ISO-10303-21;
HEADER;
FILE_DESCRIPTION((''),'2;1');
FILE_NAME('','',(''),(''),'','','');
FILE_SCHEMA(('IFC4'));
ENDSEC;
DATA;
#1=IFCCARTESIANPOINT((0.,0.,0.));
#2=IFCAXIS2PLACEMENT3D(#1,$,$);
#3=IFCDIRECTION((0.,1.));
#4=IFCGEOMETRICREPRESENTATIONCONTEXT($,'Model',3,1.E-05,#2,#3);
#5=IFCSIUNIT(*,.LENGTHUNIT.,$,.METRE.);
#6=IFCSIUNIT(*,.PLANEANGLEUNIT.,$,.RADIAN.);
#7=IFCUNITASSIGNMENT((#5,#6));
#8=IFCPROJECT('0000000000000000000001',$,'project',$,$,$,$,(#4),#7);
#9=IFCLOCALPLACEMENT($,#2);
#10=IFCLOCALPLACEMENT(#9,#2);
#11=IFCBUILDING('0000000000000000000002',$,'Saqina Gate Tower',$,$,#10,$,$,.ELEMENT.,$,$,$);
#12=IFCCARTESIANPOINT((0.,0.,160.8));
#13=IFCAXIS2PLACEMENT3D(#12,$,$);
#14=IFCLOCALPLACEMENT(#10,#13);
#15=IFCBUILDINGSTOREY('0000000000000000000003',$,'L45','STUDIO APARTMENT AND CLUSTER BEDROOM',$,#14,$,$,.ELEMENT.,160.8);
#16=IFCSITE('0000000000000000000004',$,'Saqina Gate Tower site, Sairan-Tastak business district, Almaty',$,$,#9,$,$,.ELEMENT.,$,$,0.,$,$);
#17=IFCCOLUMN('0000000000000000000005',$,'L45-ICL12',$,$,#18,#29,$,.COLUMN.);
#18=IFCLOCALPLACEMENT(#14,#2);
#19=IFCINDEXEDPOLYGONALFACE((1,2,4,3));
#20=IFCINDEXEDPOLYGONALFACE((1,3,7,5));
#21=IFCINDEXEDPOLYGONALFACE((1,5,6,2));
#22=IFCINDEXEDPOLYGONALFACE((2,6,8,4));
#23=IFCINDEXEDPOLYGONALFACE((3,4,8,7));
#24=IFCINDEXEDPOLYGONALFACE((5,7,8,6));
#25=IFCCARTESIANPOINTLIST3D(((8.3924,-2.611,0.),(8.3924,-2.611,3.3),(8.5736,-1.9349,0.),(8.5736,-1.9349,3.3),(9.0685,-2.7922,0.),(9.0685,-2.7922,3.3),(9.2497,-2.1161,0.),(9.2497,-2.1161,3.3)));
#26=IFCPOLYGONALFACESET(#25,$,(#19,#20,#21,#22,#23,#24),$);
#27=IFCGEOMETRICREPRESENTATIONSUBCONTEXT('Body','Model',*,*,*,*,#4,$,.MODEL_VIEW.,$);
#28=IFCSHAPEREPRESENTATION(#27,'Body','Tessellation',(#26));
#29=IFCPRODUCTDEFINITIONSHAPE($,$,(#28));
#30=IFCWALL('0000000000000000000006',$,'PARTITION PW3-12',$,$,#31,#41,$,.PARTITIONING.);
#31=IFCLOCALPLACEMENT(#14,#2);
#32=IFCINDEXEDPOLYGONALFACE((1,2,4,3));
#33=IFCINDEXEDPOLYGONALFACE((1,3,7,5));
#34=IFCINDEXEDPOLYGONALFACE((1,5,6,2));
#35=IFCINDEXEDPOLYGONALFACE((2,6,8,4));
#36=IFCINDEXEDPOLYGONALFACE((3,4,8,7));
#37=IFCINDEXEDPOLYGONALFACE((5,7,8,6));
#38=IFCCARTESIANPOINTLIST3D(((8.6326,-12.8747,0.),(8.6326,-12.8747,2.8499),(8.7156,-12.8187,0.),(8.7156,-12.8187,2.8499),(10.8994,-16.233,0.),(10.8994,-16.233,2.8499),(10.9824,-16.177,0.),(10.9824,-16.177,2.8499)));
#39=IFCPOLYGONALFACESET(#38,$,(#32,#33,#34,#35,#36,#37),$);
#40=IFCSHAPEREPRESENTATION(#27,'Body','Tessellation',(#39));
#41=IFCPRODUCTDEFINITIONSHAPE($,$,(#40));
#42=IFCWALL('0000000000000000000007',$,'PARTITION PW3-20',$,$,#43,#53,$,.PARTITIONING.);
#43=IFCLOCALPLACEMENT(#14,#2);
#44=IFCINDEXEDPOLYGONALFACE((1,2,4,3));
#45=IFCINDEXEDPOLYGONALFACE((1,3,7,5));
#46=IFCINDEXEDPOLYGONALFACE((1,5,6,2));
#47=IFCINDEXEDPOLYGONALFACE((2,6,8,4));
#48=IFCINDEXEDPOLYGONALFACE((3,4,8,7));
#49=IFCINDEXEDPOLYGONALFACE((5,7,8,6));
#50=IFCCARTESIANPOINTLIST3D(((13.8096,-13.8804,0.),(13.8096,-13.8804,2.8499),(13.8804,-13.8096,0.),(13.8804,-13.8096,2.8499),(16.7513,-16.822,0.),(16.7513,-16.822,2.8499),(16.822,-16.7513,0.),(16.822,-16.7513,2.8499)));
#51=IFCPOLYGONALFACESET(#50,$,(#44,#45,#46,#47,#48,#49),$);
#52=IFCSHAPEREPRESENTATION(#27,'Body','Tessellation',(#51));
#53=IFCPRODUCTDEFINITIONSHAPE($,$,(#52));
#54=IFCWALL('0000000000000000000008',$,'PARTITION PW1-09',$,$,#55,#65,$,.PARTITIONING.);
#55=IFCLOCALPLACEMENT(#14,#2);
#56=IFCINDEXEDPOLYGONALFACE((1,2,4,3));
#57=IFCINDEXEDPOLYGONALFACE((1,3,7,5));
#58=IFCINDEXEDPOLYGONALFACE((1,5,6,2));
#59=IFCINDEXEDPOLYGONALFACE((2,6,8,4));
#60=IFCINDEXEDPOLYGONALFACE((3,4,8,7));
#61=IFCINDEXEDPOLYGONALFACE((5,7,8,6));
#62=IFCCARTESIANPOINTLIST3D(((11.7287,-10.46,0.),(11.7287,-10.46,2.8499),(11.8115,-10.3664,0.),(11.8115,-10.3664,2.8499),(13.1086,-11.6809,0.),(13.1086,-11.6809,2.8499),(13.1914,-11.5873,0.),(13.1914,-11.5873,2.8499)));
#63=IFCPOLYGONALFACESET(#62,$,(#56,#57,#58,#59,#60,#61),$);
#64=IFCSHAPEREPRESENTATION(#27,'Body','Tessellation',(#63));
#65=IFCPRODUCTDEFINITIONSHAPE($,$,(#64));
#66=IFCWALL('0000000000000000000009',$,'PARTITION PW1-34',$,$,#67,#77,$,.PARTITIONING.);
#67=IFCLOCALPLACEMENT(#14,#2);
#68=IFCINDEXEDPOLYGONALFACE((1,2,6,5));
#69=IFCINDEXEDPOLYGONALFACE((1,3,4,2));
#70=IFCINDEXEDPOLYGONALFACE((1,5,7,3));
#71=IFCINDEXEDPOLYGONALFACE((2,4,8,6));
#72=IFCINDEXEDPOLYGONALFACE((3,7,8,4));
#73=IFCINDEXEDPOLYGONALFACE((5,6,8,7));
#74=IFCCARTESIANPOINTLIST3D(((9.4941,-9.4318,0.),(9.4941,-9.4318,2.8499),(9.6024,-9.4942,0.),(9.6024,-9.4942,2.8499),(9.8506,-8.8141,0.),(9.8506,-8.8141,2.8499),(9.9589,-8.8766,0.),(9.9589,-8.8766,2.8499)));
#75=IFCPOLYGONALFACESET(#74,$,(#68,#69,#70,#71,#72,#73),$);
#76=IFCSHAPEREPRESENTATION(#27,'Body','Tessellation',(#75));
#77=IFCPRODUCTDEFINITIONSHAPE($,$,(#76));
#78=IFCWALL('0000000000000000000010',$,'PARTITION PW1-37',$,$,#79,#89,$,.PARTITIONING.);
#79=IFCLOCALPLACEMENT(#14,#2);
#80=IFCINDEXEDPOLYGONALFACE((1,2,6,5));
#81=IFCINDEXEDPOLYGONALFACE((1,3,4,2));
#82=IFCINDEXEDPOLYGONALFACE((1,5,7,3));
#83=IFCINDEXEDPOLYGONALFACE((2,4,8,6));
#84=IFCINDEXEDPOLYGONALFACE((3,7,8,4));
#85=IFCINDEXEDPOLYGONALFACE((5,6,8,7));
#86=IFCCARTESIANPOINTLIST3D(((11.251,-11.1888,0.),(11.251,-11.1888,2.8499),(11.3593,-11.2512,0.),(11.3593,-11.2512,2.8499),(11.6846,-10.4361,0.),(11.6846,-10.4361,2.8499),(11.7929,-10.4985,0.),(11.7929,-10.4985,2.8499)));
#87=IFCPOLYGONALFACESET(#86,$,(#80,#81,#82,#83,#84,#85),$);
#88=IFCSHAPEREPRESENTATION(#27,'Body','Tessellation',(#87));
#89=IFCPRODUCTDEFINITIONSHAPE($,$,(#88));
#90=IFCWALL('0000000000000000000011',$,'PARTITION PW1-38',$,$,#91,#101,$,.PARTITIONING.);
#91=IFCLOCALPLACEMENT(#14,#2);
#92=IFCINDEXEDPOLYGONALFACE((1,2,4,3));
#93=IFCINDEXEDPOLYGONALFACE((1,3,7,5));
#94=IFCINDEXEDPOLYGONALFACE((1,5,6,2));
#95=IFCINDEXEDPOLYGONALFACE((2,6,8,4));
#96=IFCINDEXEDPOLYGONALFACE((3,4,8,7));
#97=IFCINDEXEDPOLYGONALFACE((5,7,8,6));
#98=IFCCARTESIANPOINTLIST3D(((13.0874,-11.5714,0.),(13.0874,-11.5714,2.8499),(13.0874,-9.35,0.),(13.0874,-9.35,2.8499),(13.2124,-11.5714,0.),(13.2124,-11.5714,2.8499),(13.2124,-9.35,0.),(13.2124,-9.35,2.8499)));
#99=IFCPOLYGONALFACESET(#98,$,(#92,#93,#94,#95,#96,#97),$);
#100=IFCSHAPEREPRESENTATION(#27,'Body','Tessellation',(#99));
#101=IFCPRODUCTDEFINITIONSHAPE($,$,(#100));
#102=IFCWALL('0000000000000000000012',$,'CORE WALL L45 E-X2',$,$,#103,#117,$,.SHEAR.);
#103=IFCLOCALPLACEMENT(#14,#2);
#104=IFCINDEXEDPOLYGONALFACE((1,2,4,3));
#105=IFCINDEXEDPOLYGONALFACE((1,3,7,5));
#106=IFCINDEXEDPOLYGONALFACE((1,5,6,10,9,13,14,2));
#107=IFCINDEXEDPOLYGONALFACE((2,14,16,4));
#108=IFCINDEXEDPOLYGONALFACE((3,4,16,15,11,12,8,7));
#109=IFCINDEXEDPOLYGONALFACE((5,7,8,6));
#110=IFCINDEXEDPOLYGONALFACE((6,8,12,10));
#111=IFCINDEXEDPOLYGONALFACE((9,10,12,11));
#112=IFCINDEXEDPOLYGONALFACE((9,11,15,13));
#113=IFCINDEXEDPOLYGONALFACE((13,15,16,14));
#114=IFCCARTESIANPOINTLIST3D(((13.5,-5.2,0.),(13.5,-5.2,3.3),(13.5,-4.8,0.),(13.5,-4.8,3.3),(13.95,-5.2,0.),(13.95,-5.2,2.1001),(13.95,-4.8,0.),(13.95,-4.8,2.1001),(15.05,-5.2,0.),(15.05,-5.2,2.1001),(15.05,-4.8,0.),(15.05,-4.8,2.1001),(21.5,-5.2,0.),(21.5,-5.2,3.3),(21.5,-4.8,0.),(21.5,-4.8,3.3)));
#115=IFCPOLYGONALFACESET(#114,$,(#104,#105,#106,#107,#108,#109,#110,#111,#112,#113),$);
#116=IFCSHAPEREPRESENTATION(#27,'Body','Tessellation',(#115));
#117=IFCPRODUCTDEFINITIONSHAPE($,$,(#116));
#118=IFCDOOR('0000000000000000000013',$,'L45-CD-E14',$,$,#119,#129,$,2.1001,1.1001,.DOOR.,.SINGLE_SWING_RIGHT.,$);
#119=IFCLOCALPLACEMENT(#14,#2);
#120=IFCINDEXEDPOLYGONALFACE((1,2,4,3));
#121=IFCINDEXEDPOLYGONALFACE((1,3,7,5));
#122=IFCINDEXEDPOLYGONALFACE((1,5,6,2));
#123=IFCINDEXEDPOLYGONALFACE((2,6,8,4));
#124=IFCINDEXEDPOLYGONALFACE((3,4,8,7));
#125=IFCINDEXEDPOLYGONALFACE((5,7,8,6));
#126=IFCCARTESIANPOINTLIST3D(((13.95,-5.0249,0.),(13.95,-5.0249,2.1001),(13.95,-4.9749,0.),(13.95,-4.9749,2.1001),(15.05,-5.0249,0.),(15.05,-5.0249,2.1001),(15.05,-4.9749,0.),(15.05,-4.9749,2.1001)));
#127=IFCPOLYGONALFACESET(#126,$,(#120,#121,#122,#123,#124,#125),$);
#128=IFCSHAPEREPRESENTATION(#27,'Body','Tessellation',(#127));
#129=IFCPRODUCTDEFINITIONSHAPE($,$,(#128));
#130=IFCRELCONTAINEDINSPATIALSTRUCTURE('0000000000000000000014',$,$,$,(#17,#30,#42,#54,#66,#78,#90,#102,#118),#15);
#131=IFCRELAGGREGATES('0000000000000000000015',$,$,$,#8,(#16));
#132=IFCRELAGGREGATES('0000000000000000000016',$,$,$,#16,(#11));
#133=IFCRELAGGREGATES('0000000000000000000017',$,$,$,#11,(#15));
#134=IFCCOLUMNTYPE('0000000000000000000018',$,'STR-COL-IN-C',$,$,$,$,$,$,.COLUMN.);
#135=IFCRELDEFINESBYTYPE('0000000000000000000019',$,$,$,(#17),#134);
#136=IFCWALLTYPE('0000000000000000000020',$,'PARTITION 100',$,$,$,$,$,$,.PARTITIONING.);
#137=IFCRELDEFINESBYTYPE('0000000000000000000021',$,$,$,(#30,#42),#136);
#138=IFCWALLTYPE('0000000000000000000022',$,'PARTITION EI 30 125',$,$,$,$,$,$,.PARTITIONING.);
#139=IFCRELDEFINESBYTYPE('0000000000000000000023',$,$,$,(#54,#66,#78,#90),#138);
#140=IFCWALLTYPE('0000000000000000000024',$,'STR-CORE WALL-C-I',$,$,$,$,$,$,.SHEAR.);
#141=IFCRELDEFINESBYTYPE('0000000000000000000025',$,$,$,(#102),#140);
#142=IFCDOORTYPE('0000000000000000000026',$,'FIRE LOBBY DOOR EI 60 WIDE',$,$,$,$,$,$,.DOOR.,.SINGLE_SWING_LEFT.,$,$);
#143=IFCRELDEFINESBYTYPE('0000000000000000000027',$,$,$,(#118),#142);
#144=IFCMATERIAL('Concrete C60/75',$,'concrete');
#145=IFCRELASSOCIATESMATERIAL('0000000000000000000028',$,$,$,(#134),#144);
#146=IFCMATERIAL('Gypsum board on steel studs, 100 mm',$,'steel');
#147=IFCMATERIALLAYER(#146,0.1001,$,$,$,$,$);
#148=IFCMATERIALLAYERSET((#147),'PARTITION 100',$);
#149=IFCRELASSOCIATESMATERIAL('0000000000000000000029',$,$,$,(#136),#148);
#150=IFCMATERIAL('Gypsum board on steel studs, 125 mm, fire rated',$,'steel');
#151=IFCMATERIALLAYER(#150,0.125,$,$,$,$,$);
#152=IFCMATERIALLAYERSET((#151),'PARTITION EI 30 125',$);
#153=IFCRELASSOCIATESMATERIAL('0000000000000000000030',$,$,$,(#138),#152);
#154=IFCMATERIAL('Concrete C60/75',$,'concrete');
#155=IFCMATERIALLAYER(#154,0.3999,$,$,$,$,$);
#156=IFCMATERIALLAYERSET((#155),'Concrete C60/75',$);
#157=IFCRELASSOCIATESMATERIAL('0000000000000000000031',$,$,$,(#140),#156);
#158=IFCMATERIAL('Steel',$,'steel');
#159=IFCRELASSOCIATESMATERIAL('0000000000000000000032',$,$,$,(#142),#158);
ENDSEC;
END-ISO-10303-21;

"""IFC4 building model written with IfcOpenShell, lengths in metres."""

from ifc_helpers import new_model, si_unit, direction, frame, frame_2d, origin, origin_2d, place, context, subcontext, project, spatial, rectangle, extrude, material, layer, layer_set, material_profile, profile_set, type_object, element, fill, save


model = new_model("IFC4")

# Units and contexts
model_context = context("Model", 3, precision=1e-05, world=origin(), true_north=direction((0.0, 1.0)))
body_context = subcontext(model_context, "Body", "Model", "MODEL_VIEW")
ifc_project = project(units=[si_unit("LENGTHUNIT", "METRE"), si_unit("PLANEANGLEUNIT", "RADIAN")], contexts=[model_context])

# Site, building, storey
site_placement = place(None, origin())
site = spatial("IfcSite", under=ifc_project, at=site_placement, Name="Saqina Gate Tower site, Sairan-Tastak business district, Almaty", CompositionType="ELEMENT", RefElevation=0.0)
building_placement = place(site_placement, origin())
building = spatial("IfcBuilding", under=site, at=building_placement, Name="Saqina Gate Tower", CompositionType="ELEMENT")
storey_placement = place(building_placement, frame((0.0, 0.0, 160.8)))
storey = spatial("IfcBuildingStorey", under=building, at=storey_placement, Name="L45", Description="STUDIO APARTMENT AND CLUSTER BEDROOM", CompositionType="ELEMENT", Elevation=160.8)

# Column
ifc_material_1 = material(Name="Concrete C60/75", Category="concrete")
ifc_material_profile = material_profile(ifc_material_1, rectangle(XDim=0.7, YDim=0.7, at=origin_2d()), Name="RC 700x700")
ifc_profile_set = profile_set([ifc_material_profile], Name="Concrete C60/75")
column_type = type_object("IfcColumnType", Name="STR-COL-IN-C", PredefinedType="COLUMN", material=ifc_profile_set)
column_placement = place(storey_placement, frame((8.821, -2.3635, 0.0), z_axis=(0.0, 0.0, 1.0), x_axis=(0.965926, -0.258819, 0.0)))
element("IfcColumn", 1, at=column_placement, inside=storey, type_object=column_type, Name="L45-ICL12", PredefinedType="COLUMN", context=body_context, shape_type="SweptSolid", body=[
    extrude(rectangle(XDim=0.7, YDim=0.7, at=origin_2d()), origin(), (0.0, 0.0, 1.0), 3.3),
])

# Walls
ifc_material_2 = material(Name="Gypsum board on steel studs, 100 mm", Category="steel")
ifc_layer_1 = layer(ifc_material_2, 0.1001)
ifc_layer_set_1 = layer_set([ifc_layer_1], Name="PARTITION 100")
wall_type_1 = type_object("IfcWallType", Name="PARTITION 100", PredefinedType="PARTITIONING", material=ifc_layer_set_1)
wall_1_placement = place(storey_placement, frame((8.6741, -12.8467, 0.0), z_axis=(0.0, 0.0, 1.0), x_axis=(0.55946, -0.828857, 0.0)))
element("IfcWall", 2, at=wall_1_placement, inside=storey, type_object=wall_type_1, Name="PARTITION PW3-12", PredefinedType="PARTITIONING", context=body_context, shape_type="SweptSolid", body=[
    extrude(rectangle(XDim=4.0518, YDim=0.1001, at=frame_2d((2.0259, 0.0))), origin(), (0.0, 0.0, 1.0), 2.8499),
])
wall_2_placement = place(storey_placement, frame((13.845, -13.845, 0.0), z_axis=(0.0, 0.0, 1.0), x_axis=(0.707107, -0.707107, 0.0)))
element("IfcWall", 3, at=wall_2_placement, inside=storey, type_object=wall_type_1, Name="PARTITION PW3-20", PredefinedType="PARTITIONING", context=body_context, shape_type="SweptSolid", body=[
    extrude(rectangle(XDim=4.1602, YDim=0.1001, at=frame_2d((2.0801, 0.0))), origin(), (0.0, 0.0, 1.0), 2.8499),
])
ifc_material_3 = material(Name="Gypsum board on steel studs, 125 mm, fire rated", Category="steel")
ifc_layer_2 = layer(ifc_material_3, 0.125)
ifc_layer_set_2 = layer_set([ifc_layer_2], Name="PARTITION EI 30 125")
wall_type_2 = type_object("IfcWallType", Name="PARTITION EI 30 125", PredefinedType="PARTITIONING", material=ifc_layer_set_2)
wall_3_placement = place(storey_placement, frame((11.77, -10.4131, 0.0), z_axis=(0.0, 0.0, 1.0), x_axis=(0.748921, -0.66266, 0.0)))
element("IfcWall", 4, at=wall_3_placement, inside=storey, type_object=wall_type_2, Name="PARTITION PW1-09", PredefinedType="PARTITIONING", context=body_context, shape_type="SweptSolid", body=[
    extrude(rectangle(XDim=1.8425, YDim=0.125, at=frame_2d((0.9214, 0.0))), origin(), (0.0, 0.0, 1.0), 2.8499),
])
wall_4_placement = place(storey_placement, frame((9.5483, -9.4629, 0.0), z_axis=(0.0, 0.0, 1.0), x_axis=(0.499821, 0.866129, 0.0)))
element("IfcWall", 5, at=wall_4_placement, inside=storey, type_object=wall_type_2, Name="PARTITION PW1-34", PredefinedType="PARTITIONING", context=body_context, shape_type="SweptSolid", body=[
    extrude(rectangle(XDim=0.7131, YDim=0.125, at=frame_2d((0.3564, 0.0))), origin(), (0.0, 0.0, 1.0), 2.8499),
])
wall_5_placement = place(storey_placement, frame((11.3052, -11.22, 0.0), z_axis=(0.0, 0.0, 1.0), x_axis=(0.499163, 0.866508, 0.0)))
element("IfcWall", 6, at=wall_5_placement, inside=storey, type_object=wall_type_2, Name="PARTITION PW1-37", PredefinedType="PARTITIONING", context=body_context, shape_type="SweptSolid", body=[
    extrude(rectangle(XDim=0.8687, YDim=0.125, at=frame_2d((0.4343, 0.0))), origin(), (0.0, 0.0, 1.0), 2.8499),
])
wall_6_placement = place(storey_placement, frame((13.1499, -11.5715, 0.0), z_axis=(0.0, 0.0, 1.0), x_axis=(0.0, 1.0, 0.0)))
element("IfcWall", 7, at=wall_6_placement, inside=storey, type_object=wall_type_2, Name="PARTITION PW1-38", PredefinedType="PARTITIONING", context=body_context, shape_type="SweptSolid", body=[
    extrude(rectangle(XDim=2.2214, YDim=0.125, at=frame_2d((1.1108, 0.0))), origin(), (0.0, 0.0, 1.0), 2.8499),
])

# Wall, opening, door
ifc_material_4 = material(Name="Concrete C60/75", Category="concrete")
ifc_layer_3 = layer(ifc_material_4, 0.3999)
ifc_layer_set_3 = layer_set([ifc_layer_3], Name="Concrete C60/75")
wall_type_3 = type_object("IfcWallType", Name="STR-CORE WALL-C-I", PredefinedType="SHEAR", material=ifc_layer_set_3)
wall_7_placement = place(storey_placement, frame((13.5, -5.0, 0.0), z_axis=(0.0, 0.0, 1.0), x_axis=(1.0, 0.0, 0.0)))
wall_7 = element("IfcWall", 8, at=wall_7_placement, inside=storey, type_object=wall_type_3, Name="CORE WALL L45 E-X2", PredefinedType="SHEAR", context=body_context, shape_type="SweptSolid", body=[
    extrude(rectangle(XDim=8.0, YDim=0.3999, at=frame_2d((4.0, 0.0))), origin(), (0.0, 0.0, 1.0), 3.3),
])
opening_1_placement = place(wall_7_placement, frame((0.45, 0.0, 0.0)))
opening_1 = element("IfcOpeningElement", 9, at=opening_1_placement, cuts=wall_7, PredefinedType="OPENING", context=body_context, shape_type="SweptSolid", body=[
    extrude(rectangle(XDim=1.1001, YDim=2.1001, at=frame_2d((0.55, 1.05))), frame((0.0, 0.2119, 0.0), z_axis=(0.0, -1.0, 0.0), x_axis=(1.0, 0.0, 0.0)), (0.0, 0.0, 1.0), 0.4238),
])
ifc_material_5 = material(Name="Steel", Category="steel")
door_type_1 = type_object("IfcDoorType", Name="FIRE LOBBY DOOR EI 60 WIDE", OperationType="SINGLE_SWING_LEFT", PredefinedType="DOOR", material=ifc_material_5)
door_1_placement = place(opening_1_placement, frame((1.1001, 0.0, 0.0), z_axis=(0.0, 0.0, 1.0), x_axis=(-1.0, 0.0, 0.0)))
door_1 = element("IfcDoor", 10, at=door_1_placement, inside=storey, type_object=door_type_1, Name="L45-CD-E14", OperationType="SINGLE_SWING_RIGHT", OverallHeight=2.1001, OverallWidth=1.1001, PredefinedType="DOOR", context=body_context, shape_type="SweptSolid", body=[
    extrude(rectangle(XDim=1.1001, YDim=2.1001, at=frame_2d((0.55, 1.05))), frame((0.0, 0.0249, 0.0), z_axis=(0.0, -1.0, 0.0), x_axis=(1.0, 0.0, 0.0)), (0.0, 0.0, 1.0), 0.05),
])
fill(opening_1, door_1)

save(model, "model.ifc")
